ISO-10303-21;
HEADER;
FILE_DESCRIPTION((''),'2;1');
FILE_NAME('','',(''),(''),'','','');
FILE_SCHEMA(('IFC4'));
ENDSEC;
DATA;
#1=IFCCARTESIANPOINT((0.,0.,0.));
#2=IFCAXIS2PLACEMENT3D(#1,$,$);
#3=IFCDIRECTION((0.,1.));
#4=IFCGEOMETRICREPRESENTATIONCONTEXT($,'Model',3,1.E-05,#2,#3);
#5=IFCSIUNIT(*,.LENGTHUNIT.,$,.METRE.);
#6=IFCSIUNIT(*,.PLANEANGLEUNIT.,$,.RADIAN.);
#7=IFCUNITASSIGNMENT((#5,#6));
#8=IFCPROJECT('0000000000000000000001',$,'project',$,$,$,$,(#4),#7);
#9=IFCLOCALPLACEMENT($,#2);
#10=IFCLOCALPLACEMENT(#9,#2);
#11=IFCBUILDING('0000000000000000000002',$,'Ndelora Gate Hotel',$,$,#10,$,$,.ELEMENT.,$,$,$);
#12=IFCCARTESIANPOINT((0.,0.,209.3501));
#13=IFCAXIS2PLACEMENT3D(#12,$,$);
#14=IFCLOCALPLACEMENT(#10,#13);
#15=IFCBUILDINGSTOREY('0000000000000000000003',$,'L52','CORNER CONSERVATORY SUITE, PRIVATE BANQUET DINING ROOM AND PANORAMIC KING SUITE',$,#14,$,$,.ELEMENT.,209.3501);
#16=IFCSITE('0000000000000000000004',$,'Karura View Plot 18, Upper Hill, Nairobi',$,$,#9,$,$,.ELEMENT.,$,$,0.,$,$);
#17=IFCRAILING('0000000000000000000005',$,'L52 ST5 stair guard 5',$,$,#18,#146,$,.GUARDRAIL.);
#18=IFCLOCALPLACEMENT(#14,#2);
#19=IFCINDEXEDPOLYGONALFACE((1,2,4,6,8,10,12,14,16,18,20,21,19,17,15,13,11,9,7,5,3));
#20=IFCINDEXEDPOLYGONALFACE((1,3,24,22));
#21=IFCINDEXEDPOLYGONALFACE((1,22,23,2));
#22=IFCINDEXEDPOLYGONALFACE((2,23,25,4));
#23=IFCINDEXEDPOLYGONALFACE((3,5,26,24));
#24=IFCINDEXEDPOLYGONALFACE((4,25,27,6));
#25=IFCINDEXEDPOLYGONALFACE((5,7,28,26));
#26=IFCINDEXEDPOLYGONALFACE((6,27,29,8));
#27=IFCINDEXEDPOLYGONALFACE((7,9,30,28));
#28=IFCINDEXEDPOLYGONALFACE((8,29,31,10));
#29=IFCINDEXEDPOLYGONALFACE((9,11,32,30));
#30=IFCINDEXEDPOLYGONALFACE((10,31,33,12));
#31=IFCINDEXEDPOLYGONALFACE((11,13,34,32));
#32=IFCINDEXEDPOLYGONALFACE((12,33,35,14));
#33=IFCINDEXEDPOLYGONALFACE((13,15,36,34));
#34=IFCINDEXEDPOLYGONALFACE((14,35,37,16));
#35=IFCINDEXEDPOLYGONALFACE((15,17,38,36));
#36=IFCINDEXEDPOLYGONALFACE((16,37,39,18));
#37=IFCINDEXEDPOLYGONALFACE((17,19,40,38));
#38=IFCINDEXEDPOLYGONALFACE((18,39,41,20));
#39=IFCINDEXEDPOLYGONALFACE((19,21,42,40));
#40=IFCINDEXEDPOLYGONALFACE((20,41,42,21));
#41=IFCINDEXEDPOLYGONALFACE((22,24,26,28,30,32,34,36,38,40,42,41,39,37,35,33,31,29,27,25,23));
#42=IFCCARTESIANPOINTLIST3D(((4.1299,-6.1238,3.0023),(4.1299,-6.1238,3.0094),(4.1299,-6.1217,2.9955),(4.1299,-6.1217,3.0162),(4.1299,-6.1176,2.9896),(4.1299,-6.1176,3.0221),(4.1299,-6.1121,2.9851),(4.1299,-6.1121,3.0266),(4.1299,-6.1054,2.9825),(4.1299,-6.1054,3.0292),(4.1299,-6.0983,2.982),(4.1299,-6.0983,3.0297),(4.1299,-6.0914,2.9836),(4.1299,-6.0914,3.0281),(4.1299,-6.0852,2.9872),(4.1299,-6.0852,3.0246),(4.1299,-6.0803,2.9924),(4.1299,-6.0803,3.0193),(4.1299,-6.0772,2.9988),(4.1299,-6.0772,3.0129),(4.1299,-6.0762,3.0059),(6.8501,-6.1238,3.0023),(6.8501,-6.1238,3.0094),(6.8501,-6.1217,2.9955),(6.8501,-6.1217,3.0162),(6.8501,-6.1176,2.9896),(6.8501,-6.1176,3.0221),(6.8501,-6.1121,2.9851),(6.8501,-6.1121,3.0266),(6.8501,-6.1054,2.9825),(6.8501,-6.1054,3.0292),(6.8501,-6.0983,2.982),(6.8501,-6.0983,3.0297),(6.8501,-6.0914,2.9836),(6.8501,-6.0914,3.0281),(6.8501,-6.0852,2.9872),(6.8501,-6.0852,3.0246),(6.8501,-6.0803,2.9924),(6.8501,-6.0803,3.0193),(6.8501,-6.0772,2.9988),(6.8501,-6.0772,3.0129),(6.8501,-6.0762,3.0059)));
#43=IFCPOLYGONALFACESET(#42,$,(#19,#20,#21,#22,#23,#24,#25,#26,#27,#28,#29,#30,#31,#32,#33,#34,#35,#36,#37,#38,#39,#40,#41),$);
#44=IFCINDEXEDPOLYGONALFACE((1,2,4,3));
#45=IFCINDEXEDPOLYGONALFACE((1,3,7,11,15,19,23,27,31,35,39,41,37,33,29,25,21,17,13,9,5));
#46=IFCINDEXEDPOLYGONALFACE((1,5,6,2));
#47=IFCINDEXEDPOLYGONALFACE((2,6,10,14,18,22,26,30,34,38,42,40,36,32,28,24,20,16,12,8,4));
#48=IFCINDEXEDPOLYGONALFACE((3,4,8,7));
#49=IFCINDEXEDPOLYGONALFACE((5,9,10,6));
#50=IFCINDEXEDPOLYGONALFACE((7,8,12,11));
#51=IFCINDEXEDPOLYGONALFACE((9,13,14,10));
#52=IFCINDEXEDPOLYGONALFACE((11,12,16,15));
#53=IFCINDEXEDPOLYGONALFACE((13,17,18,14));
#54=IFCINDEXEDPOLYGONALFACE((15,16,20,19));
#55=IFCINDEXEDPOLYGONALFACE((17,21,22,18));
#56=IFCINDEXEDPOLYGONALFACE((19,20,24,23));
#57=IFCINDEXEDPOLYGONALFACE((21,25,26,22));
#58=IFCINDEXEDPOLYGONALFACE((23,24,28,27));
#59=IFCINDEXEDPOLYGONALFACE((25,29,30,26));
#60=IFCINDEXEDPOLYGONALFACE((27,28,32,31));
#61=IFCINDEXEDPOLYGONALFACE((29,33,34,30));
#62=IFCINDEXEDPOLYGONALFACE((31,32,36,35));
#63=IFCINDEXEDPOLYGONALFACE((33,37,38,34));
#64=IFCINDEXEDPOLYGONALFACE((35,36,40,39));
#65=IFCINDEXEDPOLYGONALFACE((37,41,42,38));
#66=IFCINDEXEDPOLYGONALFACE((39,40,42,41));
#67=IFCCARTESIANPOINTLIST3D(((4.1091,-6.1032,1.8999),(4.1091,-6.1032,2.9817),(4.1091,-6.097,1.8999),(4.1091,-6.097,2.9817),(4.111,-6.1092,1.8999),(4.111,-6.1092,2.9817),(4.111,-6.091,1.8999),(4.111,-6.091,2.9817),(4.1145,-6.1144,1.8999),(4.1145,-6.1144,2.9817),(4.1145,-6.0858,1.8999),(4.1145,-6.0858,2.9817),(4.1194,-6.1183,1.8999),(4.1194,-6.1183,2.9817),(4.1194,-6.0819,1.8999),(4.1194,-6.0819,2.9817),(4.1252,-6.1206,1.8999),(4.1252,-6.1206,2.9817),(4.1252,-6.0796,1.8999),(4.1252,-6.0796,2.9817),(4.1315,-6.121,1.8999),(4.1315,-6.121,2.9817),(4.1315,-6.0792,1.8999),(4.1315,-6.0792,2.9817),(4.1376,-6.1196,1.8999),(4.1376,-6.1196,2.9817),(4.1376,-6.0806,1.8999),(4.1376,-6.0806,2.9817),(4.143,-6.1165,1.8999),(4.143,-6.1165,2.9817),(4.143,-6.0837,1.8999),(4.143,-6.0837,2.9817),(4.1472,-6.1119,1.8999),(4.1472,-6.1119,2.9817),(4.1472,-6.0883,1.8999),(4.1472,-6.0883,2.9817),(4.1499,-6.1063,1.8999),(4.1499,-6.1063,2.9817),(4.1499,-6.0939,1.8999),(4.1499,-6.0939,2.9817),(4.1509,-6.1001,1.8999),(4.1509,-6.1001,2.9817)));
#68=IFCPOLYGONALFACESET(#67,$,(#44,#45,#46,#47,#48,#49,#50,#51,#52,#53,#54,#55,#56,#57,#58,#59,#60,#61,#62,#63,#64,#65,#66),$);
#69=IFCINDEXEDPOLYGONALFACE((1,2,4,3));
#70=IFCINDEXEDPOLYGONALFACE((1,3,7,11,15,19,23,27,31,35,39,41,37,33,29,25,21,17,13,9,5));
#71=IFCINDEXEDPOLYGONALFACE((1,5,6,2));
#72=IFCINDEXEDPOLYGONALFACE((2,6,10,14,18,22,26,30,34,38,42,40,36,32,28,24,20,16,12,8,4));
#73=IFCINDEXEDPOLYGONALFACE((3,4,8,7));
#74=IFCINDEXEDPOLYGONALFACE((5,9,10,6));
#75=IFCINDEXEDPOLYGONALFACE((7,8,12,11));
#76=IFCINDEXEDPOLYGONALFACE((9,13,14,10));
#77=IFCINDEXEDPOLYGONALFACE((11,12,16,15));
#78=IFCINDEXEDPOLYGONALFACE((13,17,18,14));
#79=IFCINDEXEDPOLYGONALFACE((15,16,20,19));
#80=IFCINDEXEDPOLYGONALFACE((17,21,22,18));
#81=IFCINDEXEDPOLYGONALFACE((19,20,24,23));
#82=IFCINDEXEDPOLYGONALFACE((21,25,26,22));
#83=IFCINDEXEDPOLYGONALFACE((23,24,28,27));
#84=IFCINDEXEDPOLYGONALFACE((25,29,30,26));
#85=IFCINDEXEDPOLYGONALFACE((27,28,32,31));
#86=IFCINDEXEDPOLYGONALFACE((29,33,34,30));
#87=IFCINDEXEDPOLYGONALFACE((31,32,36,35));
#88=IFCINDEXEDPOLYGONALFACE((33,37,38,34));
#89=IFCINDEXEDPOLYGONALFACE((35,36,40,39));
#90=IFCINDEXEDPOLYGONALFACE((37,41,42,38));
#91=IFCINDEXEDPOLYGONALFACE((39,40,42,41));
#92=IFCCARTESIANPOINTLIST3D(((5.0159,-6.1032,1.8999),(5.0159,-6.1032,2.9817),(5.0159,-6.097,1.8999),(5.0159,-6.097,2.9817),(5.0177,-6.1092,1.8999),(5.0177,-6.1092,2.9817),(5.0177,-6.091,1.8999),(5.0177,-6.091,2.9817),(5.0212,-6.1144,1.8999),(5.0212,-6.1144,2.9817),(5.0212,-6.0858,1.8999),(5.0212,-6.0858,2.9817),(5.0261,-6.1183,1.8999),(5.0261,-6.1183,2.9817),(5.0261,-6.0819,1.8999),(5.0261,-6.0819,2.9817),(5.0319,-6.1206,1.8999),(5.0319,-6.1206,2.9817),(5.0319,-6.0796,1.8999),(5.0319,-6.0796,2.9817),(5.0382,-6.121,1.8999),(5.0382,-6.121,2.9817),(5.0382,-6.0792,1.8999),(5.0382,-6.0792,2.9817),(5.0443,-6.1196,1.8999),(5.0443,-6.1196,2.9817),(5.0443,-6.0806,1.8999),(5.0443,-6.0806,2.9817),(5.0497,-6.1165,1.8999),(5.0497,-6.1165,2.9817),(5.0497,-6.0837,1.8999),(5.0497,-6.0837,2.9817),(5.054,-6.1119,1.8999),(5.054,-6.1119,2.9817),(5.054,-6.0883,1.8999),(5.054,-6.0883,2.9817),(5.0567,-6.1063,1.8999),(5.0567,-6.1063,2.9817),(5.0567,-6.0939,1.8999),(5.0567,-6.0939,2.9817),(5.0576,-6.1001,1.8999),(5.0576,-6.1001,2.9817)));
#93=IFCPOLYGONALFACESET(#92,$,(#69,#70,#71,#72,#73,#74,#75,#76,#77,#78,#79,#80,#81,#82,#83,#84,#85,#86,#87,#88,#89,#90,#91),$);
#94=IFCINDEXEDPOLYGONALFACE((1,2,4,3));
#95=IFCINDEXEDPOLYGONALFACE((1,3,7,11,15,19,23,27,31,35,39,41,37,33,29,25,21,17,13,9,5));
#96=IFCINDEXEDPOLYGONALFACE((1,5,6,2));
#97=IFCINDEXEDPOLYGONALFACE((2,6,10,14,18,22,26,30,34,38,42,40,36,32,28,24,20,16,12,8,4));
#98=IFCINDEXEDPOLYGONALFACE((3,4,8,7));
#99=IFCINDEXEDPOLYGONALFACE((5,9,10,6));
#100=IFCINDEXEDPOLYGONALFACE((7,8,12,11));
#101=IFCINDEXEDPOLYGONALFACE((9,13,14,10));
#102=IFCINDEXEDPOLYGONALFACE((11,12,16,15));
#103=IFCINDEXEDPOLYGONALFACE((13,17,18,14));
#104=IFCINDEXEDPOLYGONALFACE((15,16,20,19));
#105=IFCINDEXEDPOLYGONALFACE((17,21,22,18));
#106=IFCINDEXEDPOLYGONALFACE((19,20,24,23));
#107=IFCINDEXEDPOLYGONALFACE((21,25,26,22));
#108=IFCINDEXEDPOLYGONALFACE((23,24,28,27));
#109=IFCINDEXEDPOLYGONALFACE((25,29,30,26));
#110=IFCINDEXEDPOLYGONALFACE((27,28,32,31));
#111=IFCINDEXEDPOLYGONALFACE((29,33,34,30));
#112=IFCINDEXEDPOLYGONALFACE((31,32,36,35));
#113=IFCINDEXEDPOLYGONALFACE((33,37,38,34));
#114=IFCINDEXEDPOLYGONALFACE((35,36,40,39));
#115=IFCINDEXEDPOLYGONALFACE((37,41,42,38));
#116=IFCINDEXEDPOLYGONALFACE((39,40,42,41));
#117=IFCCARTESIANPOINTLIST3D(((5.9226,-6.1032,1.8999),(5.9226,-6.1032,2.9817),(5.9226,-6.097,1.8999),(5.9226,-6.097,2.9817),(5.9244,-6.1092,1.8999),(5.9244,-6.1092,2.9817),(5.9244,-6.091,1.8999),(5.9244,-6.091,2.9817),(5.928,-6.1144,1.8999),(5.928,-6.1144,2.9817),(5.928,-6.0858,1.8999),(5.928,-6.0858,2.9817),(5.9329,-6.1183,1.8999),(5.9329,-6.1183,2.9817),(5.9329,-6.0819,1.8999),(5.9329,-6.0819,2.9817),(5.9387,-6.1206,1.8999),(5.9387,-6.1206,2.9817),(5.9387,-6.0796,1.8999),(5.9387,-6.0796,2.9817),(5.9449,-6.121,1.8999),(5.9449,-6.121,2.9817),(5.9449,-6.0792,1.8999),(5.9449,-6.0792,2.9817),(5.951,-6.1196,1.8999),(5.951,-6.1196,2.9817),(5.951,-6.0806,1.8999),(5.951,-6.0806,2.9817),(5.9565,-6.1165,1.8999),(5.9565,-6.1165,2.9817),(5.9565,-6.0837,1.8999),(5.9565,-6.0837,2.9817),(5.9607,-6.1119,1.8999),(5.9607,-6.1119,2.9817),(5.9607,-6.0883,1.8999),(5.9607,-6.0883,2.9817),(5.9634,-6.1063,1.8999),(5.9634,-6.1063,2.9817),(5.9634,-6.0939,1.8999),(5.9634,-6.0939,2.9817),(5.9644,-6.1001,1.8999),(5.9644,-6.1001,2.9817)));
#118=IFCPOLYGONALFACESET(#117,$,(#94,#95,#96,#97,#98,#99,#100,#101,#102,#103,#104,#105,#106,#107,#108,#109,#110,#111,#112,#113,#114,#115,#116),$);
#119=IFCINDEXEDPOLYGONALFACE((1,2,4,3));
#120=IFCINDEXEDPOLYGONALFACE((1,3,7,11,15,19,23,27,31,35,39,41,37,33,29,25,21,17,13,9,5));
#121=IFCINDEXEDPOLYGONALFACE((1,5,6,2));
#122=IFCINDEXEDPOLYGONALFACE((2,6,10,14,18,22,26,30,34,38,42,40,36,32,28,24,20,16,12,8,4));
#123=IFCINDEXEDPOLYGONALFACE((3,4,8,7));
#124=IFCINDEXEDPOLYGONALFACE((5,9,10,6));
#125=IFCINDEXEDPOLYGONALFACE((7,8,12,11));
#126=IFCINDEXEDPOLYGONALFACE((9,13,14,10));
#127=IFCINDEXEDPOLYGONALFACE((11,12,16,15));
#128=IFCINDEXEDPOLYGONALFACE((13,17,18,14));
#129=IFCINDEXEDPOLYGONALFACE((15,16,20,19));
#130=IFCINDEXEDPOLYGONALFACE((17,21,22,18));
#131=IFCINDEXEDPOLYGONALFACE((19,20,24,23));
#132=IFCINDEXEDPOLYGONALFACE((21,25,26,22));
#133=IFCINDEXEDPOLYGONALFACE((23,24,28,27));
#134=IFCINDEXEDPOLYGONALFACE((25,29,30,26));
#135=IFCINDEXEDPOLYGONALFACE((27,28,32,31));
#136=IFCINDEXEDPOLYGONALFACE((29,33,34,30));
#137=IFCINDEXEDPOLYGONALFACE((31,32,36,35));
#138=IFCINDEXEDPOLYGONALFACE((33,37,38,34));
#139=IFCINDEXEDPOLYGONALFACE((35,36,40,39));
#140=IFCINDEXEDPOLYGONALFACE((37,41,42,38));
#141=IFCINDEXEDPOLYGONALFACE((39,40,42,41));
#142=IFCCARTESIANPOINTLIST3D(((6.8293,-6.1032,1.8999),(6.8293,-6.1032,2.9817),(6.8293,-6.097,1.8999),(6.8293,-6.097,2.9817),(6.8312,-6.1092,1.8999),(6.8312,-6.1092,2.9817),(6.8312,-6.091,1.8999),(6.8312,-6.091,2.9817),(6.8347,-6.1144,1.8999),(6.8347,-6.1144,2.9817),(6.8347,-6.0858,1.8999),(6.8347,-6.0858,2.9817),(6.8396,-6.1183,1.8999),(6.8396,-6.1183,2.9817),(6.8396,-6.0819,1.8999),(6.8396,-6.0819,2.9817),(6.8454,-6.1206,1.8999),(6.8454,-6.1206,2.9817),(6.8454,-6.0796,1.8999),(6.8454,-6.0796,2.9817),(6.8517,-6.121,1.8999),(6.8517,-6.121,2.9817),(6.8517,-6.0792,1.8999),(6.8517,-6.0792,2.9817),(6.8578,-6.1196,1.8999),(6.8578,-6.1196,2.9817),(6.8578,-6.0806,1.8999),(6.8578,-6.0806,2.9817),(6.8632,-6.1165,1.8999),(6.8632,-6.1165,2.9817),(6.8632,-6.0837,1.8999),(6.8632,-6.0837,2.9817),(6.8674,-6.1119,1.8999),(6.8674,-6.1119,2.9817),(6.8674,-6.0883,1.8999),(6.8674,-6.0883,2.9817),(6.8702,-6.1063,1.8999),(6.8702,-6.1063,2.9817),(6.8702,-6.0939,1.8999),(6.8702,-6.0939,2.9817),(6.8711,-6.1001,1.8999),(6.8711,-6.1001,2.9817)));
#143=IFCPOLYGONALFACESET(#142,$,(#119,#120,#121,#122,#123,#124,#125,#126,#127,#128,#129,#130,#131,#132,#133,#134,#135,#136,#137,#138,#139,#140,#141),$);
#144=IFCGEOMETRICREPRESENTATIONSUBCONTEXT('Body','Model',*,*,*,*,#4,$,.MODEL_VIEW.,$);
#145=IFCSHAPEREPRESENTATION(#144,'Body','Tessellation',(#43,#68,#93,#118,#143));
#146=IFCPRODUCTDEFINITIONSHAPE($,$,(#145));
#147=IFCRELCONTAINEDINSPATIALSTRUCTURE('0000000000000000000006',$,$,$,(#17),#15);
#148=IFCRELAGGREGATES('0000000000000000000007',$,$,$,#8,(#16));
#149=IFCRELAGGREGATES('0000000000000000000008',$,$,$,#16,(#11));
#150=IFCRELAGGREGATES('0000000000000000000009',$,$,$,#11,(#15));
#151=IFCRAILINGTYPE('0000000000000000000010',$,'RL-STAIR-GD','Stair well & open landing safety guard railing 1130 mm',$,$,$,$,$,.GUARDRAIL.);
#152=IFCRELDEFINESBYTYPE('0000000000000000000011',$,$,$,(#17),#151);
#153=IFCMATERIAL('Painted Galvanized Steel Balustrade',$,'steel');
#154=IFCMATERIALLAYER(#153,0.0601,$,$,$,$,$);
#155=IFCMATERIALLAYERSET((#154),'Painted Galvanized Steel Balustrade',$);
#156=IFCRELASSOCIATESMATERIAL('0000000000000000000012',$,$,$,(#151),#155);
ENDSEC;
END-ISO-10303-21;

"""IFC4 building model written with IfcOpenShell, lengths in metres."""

from ifc_helpers import new_model, si_unit, direction, frame, origin, origin_2d, place, context, subcontext, project, spatial, circle, extrude, material, layer, layer_set, type_object, element, save


model = new_model("IFC4")

# Units and contexts
model_context = context("Model", 3, precision=1e-05, world=origin(), true_north=direction((0.0, 1.0)))
body_context = subcontext(model_context, "Body", "Model", "MODEL_VIEW")
ifc_project = project(units=[si_unit("LENGTHUNIT", "METRE"), si_unit("PLANEANGLEUNIT", "RADIAN")], contexts=[model_context])

# Site, building, storey
site_placement = place(None, origin())
site = spatial("IfcSite", under=ifc_project, at=site_placement, Name="Karura View Plot 18, Upper Hill, Nairobi", CompositionType="ELEMENT", RefElevation=0.0)
building_placement = place(site_placement, origin())
building = spatial("IfcBuilding", under=site, at=building_placement, Name="Ndelora Gate Hotel", CompositionType="ELEMENT")
storey_placement = place(building_placement, frame((0.0, 0.0, 209.3501)))
storey = spatial("IfcBuildingStorey", under=building, at=storey_placement, Name="L52", Description="CORNER CONSERVATORY SUITE, PRIVATE BANQUET DINING ROOM AND PANORAMIC KING SUITE", CompositionType="ELEMENT", Elevation=209.3501)

# Railing
ifc_material_1 = material(Name="Painted Galvanized Steel Balustrade", Category="steel")
ifc_layer_1 = layer(ifc_material_1, 0.0601)
ifc_layer_set_1 = layer_set([ifc_layer_1], Name="Painted Galvanized Steel Balustrade")
railing_type = type_object("IfcRailingType", Name="RL-STAIR-GD", Description="Stair well & open landing safety guard railing 1130 mm", PredefinedType="GUARDRAIL", material=ifc_layer_set_1)
railing_1_placement = place(storey_placement, frame((4.1299, -6.1001, 1.8999)))
element("IfcRailing", 1, at=railing_1_placement, inside=storey, type_object=railing_type, Name="L52 ST5 stair guard 5", PredefinedType="GUARDRAIL", context=body_context, shape_type="SweptSolid", body=[
    extrude(circle(Radius=0.0239, at=origin_2d()), frame((0.0, 0.0, 1.106), z_axis=(1.0, 0.0, 0.0), x_axis=(0.0, 1.0, 0.0)), (0.0, 0.0, 1.0), 2.7202),
    extrude(circle(Radius=0.021, at=origin_2d()), origin(), (0.0, 0.0, 1.0), 1.0818),
    extrude(circle(Radius=0.021, at=origin_2d()), frame((0.9067, 0.0, 0.0)), (0.0, 0.0, 1.0), 1.0818),
    extrude(circle(Radius=0.021, at=origin_2d()), frame((1.8135, 0.0, 0.0)), (0.0, 0.0, 1.0), 1.0818),
    extrude(circle(Radius=0.021, at=origin_2d()), frame((2.7202, 0.0, 0.0)), (0.0, 0.0, 1.0), 1.0818),
])

save(model, "model.ifc")
